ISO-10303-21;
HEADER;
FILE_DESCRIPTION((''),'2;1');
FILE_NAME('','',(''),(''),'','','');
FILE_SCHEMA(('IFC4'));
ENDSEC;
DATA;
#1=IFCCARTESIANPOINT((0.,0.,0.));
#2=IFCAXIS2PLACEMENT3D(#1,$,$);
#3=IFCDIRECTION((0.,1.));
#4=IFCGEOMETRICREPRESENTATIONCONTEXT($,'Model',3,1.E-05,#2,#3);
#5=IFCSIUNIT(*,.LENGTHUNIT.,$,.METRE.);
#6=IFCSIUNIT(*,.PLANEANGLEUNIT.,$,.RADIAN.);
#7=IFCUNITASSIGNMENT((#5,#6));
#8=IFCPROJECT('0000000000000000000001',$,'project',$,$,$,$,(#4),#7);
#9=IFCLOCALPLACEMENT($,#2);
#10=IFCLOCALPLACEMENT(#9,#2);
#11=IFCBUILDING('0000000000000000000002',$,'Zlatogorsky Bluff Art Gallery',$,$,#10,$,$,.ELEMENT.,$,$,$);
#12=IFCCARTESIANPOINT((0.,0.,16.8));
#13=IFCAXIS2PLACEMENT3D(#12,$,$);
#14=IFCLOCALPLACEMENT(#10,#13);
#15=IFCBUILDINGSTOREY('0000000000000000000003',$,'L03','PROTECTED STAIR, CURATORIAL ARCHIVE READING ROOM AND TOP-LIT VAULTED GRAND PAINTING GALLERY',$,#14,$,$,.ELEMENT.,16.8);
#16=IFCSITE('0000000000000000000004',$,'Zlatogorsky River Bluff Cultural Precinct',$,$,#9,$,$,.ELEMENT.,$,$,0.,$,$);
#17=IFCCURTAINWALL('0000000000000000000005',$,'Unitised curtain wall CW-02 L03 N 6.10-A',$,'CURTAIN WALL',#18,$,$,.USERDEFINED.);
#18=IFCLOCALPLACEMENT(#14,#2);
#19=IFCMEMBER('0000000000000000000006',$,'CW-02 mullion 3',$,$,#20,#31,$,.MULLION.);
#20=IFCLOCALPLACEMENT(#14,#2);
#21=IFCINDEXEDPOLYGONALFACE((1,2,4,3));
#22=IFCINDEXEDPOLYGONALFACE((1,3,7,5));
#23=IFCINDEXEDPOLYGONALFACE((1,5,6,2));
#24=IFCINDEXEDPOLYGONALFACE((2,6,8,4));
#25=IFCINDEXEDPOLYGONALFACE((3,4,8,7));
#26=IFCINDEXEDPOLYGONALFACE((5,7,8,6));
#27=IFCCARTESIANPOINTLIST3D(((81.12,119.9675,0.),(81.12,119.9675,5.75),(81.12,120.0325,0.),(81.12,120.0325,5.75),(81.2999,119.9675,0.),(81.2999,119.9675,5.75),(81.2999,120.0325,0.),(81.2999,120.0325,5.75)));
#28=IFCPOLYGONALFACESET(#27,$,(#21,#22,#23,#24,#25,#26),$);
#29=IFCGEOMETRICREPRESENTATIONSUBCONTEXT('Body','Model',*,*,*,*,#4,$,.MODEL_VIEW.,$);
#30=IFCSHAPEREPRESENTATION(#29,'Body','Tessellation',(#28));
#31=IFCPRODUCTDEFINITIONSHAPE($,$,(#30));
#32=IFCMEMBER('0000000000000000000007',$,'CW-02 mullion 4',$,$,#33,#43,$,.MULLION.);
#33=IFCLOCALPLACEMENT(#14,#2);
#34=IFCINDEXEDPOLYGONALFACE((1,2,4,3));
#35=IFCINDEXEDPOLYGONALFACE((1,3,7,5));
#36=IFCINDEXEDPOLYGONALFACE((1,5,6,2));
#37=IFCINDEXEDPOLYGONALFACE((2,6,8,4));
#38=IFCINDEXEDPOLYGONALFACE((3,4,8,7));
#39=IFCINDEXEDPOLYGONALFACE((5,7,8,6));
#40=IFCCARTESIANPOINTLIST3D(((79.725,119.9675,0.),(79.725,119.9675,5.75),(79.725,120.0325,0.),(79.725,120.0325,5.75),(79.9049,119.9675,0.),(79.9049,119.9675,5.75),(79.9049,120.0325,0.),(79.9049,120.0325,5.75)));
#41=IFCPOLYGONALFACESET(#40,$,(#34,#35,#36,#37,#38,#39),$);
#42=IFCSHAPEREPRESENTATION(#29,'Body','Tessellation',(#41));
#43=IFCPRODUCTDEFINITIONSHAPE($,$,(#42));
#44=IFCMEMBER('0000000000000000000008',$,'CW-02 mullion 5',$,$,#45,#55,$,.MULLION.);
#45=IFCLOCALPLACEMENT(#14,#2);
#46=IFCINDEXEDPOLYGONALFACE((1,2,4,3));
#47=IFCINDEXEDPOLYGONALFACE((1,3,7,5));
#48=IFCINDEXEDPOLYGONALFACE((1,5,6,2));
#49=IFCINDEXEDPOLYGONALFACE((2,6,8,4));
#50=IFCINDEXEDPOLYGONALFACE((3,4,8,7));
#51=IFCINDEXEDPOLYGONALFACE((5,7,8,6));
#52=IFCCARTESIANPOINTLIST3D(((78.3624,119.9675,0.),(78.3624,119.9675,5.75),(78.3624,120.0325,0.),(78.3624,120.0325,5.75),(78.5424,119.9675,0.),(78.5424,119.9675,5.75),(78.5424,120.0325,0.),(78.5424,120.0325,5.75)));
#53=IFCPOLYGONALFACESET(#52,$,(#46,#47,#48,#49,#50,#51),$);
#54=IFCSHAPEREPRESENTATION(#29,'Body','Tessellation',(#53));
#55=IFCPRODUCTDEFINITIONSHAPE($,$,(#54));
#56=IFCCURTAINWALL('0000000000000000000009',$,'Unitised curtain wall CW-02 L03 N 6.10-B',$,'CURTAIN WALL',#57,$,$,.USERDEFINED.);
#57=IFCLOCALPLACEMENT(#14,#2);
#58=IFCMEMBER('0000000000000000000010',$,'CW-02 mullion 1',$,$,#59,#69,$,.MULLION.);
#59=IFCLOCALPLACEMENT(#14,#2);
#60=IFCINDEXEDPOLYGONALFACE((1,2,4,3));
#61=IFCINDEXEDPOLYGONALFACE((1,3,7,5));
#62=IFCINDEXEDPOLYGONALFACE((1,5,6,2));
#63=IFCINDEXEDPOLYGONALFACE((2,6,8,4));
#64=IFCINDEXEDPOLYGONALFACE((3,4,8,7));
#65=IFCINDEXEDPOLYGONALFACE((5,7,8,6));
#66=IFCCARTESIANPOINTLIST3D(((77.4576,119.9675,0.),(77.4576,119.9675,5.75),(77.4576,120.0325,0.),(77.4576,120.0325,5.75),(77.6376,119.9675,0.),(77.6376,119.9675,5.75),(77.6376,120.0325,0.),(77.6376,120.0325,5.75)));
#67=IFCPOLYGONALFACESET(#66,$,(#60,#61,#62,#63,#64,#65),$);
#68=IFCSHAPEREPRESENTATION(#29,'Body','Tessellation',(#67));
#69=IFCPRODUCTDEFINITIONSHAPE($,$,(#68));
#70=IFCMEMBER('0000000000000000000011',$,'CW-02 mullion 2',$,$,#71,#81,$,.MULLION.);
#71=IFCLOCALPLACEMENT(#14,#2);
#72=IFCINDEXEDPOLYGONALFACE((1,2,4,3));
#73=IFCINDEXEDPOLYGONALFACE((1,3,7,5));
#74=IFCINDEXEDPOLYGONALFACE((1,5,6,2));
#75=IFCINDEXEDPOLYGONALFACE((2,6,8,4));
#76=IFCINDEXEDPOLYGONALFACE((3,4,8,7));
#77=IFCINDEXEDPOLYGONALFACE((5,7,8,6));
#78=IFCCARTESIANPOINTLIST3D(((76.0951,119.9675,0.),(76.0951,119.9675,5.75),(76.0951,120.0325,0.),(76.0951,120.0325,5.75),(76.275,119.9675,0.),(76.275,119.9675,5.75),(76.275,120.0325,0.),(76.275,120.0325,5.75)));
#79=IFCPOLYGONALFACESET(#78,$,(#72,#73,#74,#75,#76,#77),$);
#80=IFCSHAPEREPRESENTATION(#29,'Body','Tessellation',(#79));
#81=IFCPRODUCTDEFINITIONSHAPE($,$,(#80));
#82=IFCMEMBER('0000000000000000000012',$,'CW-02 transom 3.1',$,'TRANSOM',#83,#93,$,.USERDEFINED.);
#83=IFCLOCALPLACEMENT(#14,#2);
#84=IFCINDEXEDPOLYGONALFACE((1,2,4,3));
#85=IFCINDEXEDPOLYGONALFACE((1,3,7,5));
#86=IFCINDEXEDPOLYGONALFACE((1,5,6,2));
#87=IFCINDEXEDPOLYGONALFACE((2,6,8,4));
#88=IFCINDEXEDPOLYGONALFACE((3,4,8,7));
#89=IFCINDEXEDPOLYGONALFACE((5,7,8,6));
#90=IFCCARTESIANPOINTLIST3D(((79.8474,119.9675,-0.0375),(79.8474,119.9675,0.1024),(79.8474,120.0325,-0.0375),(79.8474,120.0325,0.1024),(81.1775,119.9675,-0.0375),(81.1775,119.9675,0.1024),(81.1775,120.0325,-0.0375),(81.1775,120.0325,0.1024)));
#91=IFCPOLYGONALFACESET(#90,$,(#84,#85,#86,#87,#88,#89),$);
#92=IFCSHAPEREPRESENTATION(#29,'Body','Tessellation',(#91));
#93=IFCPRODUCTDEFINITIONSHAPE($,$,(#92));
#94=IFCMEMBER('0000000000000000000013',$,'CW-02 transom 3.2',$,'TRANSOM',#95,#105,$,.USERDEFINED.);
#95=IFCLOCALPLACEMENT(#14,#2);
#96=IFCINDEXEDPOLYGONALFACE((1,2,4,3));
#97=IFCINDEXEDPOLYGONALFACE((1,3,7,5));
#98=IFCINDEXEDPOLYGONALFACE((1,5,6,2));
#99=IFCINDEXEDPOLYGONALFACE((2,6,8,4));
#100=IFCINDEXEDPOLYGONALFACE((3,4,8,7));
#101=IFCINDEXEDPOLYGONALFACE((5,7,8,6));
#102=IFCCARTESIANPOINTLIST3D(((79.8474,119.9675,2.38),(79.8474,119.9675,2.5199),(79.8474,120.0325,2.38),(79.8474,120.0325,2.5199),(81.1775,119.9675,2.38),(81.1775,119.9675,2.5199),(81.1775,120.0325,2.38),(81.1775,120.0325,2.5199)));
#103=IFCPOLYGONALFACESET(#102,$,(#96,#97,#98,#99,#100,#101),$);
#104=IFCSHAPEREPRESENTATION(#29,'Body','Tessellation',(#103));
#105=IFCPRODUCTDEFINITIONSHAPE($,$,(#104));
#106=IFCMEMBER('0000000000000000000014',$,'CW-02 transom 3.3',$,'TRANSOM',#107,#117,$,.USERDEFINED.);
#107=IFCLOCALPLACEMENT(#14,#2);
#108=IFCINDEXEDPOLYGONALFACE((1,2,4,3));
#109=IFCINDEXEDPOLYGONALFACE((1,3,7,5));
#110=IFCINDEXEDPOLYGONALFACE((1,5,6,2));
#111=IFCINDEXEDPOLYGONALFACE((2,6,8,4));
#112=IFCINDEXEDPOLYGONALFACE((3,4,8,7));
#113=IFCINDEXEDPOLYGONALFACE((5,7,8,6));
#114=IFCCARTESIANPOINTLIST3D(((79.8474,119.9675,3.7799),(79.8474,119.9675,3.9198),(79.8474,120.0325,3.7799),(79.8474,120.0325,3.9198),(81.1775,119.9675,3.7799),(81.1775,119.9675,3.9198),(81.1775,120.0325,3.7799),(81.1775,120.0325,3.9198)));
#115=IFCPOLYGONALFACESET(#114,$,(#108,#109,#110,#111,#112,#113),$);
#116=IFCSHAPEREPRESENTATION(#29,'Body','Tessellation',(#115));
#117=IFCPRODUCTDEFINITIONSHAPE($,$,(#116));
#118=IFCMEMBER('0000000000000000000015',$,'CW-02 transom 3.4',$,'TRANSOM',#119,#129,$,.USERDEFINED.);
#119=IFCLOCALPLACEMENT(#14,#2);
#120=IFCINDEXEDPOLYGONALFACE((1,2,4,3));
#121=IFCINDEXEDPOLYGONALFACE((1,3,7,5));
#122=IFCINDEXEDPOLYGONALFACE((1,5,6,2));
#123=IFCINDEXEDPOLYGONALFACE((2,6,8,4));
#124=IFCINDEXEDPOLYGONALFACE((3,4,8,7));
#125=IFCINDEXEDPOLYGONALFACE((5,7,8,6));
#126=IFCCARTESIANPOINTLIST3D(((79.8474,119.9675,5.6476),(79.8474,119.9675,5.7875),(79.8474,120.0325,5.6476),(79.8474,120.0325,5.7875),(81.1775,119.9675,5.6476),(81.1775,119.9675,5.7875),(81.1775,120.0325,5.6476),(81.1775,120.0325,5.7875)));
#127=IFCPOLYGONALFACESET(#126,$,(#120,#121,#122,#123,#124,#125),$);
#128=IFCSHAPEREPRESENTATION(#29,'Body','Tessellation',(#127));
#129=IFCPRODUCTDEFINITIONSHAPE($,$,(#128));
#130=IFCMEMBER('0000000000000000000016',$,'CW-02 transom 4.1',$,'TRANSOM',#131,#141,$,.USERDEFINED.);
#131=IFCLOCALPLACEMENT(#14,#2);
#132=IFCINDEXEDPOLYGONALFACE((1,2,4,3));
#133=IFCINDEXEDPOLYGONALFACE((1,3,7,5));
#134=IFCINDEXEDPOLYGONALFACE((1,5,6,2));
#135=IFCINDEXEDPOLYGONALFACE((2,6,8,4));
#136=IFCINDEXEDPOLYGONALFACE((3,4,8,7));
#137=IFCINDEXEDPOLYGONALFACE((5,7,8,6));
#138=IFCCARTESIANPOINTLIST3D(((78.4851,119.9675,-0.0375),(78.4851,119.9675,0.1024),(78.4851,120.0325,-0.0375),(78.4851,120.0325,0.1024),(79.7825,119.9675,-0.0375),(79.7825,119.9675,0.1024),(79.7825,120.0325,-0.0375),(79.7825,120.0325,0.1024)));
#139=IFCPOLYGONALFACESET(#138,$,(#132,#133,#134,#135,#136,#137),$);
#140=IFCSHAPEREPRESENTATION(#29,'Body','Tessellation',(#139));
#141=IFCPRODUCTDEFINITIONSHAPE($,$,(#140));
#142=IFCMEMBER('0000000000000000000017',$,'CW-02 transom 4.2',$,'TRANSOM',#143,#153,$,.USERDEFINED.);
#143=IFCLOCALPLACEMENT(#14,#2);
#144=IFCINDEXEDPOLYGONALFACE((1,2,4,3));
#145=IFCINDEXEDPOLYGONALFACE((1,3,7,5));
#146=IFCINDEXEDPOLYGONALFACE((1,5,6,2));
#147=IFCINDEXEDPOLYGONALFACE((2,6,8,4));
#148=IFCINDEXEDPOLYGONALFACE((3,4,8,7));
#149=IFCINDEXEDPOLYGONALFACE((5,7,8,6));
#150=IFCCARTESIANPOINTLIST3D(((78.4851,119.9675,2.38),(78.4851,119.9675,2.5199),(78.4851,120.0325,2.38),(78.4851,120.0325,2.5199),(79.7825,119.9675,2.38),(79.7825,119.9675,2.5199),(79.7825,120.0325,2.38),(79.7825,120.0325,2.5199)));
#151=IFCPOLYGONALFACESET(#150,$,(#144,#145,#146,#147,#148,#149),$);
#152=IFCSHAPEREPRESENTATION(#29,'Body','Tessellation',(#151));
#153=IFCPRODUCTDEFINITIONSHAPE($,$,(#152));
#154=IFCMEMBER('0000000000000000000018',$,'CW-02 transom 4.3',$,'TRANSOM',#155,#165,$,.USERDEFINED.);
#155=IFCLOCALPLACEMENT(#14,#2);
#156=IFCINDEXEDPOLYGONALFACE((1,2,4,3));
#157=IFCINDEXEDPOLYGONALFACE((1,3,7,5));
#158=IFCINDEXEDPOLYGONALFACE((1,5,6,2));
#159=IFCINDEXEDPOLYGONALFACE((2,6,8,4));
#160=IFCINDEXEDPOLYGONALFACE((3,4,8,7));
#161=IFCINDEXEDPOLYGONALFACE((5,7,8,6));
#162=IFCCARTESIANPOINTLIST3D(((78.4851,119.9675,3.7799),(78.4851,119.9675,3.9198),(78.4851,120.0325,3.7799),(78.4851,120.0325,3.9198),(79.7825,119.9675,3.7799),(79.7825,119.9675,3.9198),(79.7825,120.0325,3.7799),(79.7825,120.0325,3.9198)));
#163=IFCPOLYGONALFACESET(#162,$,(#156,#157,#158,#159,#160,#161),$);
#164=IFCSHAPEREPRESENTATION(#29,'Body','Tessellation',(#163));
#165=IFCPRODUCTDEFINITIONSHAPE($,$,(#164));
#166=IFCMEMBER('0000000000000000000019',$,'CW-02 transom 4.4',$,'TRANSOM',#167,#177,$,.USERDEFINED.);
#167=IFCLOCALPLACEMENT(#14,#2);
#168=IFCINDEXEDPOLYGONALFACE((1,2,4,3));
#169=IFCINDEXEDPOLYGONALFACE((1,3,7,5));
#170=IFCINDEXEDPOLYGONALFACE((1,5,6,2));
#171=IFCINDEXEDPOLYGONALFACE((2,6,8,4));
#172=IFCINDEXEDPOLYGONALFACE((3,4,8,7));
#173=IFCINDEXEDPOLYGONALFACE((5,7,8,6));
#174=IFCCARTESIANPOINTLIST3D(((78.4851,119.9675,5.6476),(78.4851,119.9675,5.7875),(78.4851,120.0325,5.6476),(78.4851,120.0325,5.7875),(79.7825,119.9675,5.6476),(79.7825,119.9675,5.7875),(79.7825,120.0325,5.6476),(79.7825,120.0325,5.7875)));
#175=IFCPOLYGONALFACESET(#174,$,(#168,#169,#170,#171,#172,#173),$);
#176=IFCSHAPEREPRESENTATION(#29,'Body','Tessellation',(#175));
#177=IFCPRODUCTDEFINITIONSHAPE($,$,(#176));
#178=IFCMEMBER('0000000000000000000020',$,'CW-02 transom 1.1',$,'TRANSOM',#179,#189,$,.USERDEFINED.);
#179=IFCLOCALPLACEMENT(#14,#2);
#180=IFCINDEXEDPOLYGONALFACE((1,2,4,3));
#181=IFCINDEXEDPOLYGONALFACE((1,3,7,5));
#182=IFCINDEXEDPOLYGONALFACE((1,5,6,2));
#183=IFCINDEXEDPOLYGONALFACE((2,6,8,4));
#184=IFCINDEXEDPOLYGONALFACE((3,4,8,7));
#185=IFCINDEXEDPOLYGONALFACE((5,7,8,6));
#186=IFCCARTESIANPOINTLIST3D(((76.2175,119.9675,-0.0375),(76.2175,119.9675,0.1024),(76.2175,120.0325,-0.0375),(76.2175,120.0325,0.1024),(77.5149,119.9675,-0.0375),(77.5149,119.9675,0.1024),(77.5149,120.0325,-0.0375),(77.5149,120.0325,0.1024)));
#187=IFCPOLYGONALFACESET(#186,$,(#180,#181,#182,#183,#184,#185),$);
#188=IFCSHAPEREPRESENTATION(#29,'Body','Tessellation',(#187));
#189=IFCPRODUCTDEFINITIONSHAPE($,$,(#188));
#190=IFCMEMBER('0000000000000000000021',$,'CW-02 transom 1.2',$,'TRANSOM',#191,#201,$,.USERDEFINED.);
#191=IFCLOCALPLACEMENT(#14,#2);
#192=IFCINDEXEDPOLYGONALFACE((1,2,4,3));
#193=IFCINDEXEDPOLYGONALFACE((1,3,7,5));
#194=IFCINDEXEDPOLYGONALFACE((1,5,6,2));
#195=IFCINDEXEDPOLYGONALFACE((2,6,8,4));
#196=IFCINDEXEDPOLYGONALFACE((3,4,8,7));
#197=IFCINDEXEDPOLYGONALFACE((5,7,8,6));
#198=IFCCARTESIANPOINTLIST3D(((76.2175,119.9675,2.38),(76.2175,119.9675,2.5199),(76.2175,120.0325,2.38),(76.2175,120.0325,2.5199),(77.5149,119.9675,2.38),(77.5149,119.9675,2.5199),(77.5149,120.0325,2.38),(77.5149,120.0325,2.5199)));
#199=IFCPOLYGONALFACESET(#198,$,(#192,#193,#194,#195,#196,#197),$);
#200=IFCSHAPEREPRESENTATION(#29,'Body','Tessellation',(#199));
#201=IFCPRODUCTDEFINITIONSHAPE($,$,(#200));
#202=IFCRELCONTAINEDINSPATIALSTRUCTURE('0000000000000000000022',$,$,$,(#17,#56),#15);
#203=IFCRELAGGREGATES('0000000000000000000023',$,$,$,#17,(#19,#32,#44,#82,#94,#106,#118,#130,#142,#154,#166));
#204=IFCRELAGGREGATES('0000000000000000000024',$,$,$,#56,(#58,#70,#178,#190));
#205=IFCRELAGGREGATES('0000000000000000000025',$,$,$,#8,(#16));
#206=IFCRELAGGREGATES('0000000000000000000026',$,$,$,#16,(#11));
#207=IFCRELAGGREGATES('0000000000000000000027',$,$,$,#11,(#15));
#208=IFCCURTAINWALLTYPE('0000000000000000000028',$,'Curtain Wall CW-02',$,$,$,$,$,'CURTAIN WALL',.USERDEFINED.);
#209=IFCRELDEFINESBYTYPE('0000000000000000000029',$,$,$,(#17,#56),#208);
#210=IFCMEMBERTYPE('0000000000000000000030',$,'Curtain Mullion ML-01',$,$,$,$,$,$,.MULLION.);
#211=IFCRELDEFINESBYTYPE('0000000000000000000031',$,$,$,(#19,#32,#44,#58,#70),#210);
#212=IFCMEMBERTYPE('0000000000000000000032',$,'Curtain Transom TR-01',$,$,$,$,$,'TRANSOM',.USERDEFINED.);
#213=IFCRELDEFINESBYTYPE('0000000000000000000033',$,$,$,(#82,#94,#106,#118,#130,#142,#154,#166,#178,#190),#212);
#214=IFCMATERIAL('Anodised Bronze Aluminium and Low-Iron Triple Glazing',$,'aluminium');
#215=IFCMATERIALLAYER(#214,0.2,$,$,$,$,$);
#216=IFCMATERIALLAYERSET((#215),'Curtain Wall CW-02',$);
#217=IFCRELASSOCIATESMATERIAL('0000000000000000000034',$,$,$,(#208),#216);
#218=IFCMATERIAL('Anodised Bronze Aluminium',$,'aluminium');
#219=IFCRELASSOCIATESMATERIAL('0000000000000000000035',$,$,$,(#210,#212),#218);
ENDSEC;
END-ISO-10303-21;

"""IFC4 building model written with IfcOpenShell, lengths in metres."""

from ifc_helpers import new_model, si_unit, direction, frame, origin, origin_2d, place, context, subcontext, project, spatial, rectangle, extrude, material, layer, layer_set, material_profile, profile_set, type_object, element, aggregate, save


model = new_model("IFC4")

# Units and contexts
model_context = context("Model", 3, precision=1e-05, world=origin(), true_north=direction((0.0, 1.0)))
body_context = subcontext(model_context, "Body", "Model", "MODEL_VIEW")
ifc_project = project(units=[si_unit("LENGTHUNIT", "METRE"), si_unit("PLANEANGLEUNIT", "RADIAN")], contexts=[model_context])

# Site, building, storey
site_placement = place(None, origin())
site = spatial("IfcSite", under=ifc_project, at=site_placement, Name="Zlatogorsky River Bluff Cultural Precinct", CompositionType="ELEMENT", RefElevation=0.0)
building_placement = place(site_placement, origin())
building = spatial("IfcBuilding", under=site, at=building_placement, Name="Zlatogorsky Bluff Art Gallery", CompositionType="ELEMENT")
storey_placement = place(building_placement, frame((0.0, 0.0, 16.8)))
storey = spatial("IfcBuildingStorey", under=building, at=storey_placement, Name="L03", Description="PROTECTED STAIR, CURATORIAL ARCHIVE READING ROOM AND TOP-LIT VAULTED GRAND PAINTING GALLERY", CompositionType="ELEMENT", Elevation=16.8)

# Curtain walls, members
ifc_material_1 = material(Name="Anodised Bronze Aluminium and Low-Iron Triple Glazing", Category="aluminium")
ifc_layer_1 = layer(ifc_material_1, 0.2)
ifc_layer_set_1 = layer_set([ifc_layer_1], Name="Curtain Wall CW-02")
curtain_wall_type = type_object("IfcCurtainWallType", Name="Curtain Wall CW-02", ElementType="CURTAIN WALL", PredefinedType="USERDEFINED", material=ifc_layer_set_1)
curtain_wall_1_placement = place(storey_placement, origin())
curtain_wall_1 = element("IfcCurtainWall", 1, at=curtain_wall_1_placement, inside=storey, type_object=curtain_wall_type, Name="Unitised curtain wall CW-02 L03 N 6.10-A", ObjectType="CURTAIN WALL", PredefinedType="USERDEFINED")
ifc_material_2 = material(Name="Anodised Bronze Aluminium", Category="aluminium")
ifc_material_profile_1 = material_profile(ifc_material_2, rectangle(XDim=0.0649, YDim=0.1799, at=origin_2d()), Name="ALU MULLION 65x180")
ifc_profile_set_1 = profile_set([ifc_material_profile_1], Name="Anodised Bronze Aluminium")
member_type_1 = type_object("IfcMemberType", Name="Curtain Mullion ML-01", PredefinedType="MULLION", material=ifc_profile_set_1)
member_1_placement = place(storey_placement, frame((81.21, 120.0, 0.0), z_axis=(0.0, 0.0, 1.0), x_axis=(0.0, -1.0, 0.0)))
member_1 = element("IfcMember", 2, at=member_1_placement, type_object=member_type_1, Name="CW-02 mullion 3", PredefinedType="MULLION", context=body_context, shape_type="SweptSolid", body=[
    extrude(rectangle(XDim=0.0649, YDim=0.1799, at=origin_2d()), origin(), (0.0, 0.0, 1.0), 5.75),
])
member_2_placement = place(storey_placement, frame((79.8149, 120.0, 0.0), z_axis=(0.0, 0.0, 1.0), x_axis=(0.0, -1.0, 0.0)))
member_2 = element("IfcMember", 3, at=member_2_placement, type_object=member_type_1, Name="CW-02 mullion 4", PredefinedType="MULLION", context=body_context, shape_type="SweptSolid", body=[
    extrude(rectangle(XDim=0.0649, YDim=0.1799, at=origin_2d()), origin(), (0.0, 0.0, 1.0), 5.75),
])
member_3_placement = place(storey_placement, frame((78.4524, 120.0, 0.0), z_axis=(0.0, 0.0, 1.0), x_axis=(0.0, -1.0, 0.0)))
member_3 = element("IfcMember", 4, at=member_3_placement, type_object=member_type_1, Name="CW-02 mullion 5", PredefinedType="MULLION", context=body_context, shape_type="SweptSolid", body=[
    extrude(rectangle(XDim=0.0649, YDim=0.1799, at=origin_2d()), origin(), (0.0, 0.0, 1.0), 5.75),
])
curtain_wall_2_placement = place(storey_placement, origin())
curtain_wall_2 = element("IfcCurtainWall", 5, at=curtain_wall_2_placement, inside=storey, type_object=curtain_wall_type, Name="Unitised curtain wall CW-02 L03 N 6.10-B", ObjectType="CURTAIN WALL", PredefinedType="USERDEFINED")
member_4_placement = place(storey_placement, frame((77.5476, 120.0, 0.0), z_axis=(0.0, 0.0, 1.0), x_axis=(0.0, -1.0, 0.0)))
member_4 = element("IfcMember", 6, at=member_4_placement, type_object=member_type_1, Name="CW-02 mullion 1", PredefinedType="MULLION", context=body_context, shape_type="SweptSolid", body=[
    extrude(rectangle(XDim=0.0649, YDim=0.1799, at=origin_2d()), origin(), (0.0, 0.0, 1.0), 5.75),
])
member_5_placement = place(storey_placement, frame((76.1851, 120.0, 0.0), z_axis=(0.0, 0.0, 1.0), x_axis=(0.0, -1.0, 0.0)))
member_5 = element("IfcMember", 7, at=member_5_placement, type_object=member_type_1, Name="CW-02 mullion 2", PredefinedType="MULLION", context=body_context, shape_type="SweptSolid", body=[
    extrude(rectangle(XDim=0.0649, YDim=0.1799, at=origin_2d()), origin(), (0.0, 0.0, 1.0), 5.75),
])

# Members
ifc_material_profile_2 = material_profile(ifc_material_2, rectangle(XDim=0.0649, YDim=0.1399, at=origin_2d()), Name="ALU TRANSOM 65x140")
ifc_profile_set_2 = profile_set([ifc_material_profile_2], Name="Anodised Bronze Aluminium")
member_type_2 = type_object("IfcMemberType", Name="Curtain Transom TR-01", ElementType="TRANSOM", PredefinedType="USERDEFINED", material=ifc_profile_set_2)
member_6_placement = place(storey_placement, frame((81.1775, 120.0, 0.0325), z_axis=(-1.0, 0.0, 0.0), x_axis=(0.0, -1.0, 0.0)))
member_6 = element("IfcMember", 8, at=member_6_placement, type_object=member_type_2, Name="CW-02 transom 3.1", ObjectType="TRANSOM", PredefinedType="USERDEFINED", context=body_context, shape_type="SweptSolid", body=[
    extrude(rectangle(XDim=0.0649, YDim=0.1399, at=origin_2d()), origin(), (0.0, 0.0, 1.0), 1.3301),
])
member_7_placement = place(storey_placement, frame((81.1775, 120.0, 2.45), z_axis=(-1.0, 0.0, 0.0), x_axis=(0.0, -1.0, 0.0)))
member_7 = element("IfcMember", 9, at=member_7_placement, type_object=member_type_2, Name="CW-02 transom 3.2", ObjectType="TRANSOM", PredefinedType="USERDEFINED", context=body_context, shape_type="SweptSolid", body=[
    extrude(rectangle(XDim=0.0649, YDim=0.1399, at=origin_2d()), origin(), (0.0, 0.0, 1.0), 1.3301),
])
member_8_placement = place(storey_placement, frame((81.1775, 120.0, 3.8499), z_axis=(-1.0, 0.0, 0.0), x_axis=(0.0, -1.0, 0.0)))
member_8 = element("IfcMember", 10, at=member_8_placement, type_object=member_type_2, Name="CW-02 transom 3.3", ObjectType="TRANSOM", PredefinedType="USERDEFINED", context=body_context, shape_type="SweptSolid", body=[
    extrude(rectangle(XDim=0.0649, YDim=0.1399, at=origin_2d()), origin(), (0.0, 0.0, 1.0), 1.3301),
])
member_9_placement = place(storey_placement, frame((81.1775, 120.0, 5.7175), z_axis=(-1.0, 0.0, 0.0), x_axis=(0.0, -1.0, 0.0)))
member_9 = element("IfcMember", 11, at=member_9_placement, type_object=member_type_2, Name="CW-02 transom 3.4", ObjectType="TRANSOM", PredefinedType="USERDEFINED", context=body_context, shape_type="SweptSolid", body=[
    extrude(rectangle(XDim=0.0649, YDim=0.1399, at=origin_2d()), origin(), (0.0, 0.0, 1.0), 1.3301),
])
member_10_placement = place(storey_placement, frame((79.7825, 120.0, 0.0325), z_axis=(-1.0, 0.0, 0.0), x_axis=(0.0, -1.0, 0.0)))
member_10 = element("IfcMember", 12, at=member_10_placement, type_object=member_type_2, Name="CW-02 transom 4.1", ObjectType="TRANSOM", PredefinedType="USERDEFINED", context=body_context, shape_type="SweptSolid", body=[
    extrude(rectangle(XDim=0.0649, YDim=0.1399, at=origin_2d()), origin(), (0.0, 0.0, 1.0), 1.2974),
])
member_11_placement = place(storey_placement, frame((79.7825, 120.0, 2.45), z_axis=(-1.0, 0.0, 0.0), x_axis=(0.0, -1.0, 0.0)))
member_11 = element("IfcMember", 13, at=member_11_placement, type_object=member_type_2, Name="CW-02 transom 4.2", ObjectType="TRANSOM", PredefinedType="USERDEFINED", context=body_context, shape_type="SweptSolid", body=[
    extrude(rectangle(XDim=0.0649, YDim=0.1399, at=origin_2d()), origin(), (0.0, 0.0, 1.0), 1.2974),
])
member_12_placement = place(storey_placement, frame((79.7825, 120.0, 3.8499), z_axis=(-1.0, 0.0, 0.0), x_axis=(0.0, -1.0, 0.0)))
member_12 = element("IfcMember", 14, at=member_12_placement, type_object=member_type_2, Name="CW-02 transom 4.3", ObjectType="TRANSOM", PredefinedType="USERDEFINED", context=body_context, shape_type="SweptSolid", body=[
    extrude(rectangle(XDim=0.0649, YDim=0.1399, at=origin_2d()), origin(), (0.0, 0.0, 1.0), 1.2974),
])
member_13_placement = place(storey_placement, frame((79.7825, 120.0, 5.7175), z_axis=(-1.0, 0.0, 0.0), x_axis=(0.0, -1.0, 0.0)))
member_13 = element("IfcMember", 15, at=member_13_placement, type_object=member_type_2, Name="CW-02 transom 4.4", ObjectType="TRANSOM", PredefinedType="USERDEFINED", context=body_context, shape_type="SweptSolid", body=[
    extrude(rectangle(XDim=0.0649, YDim=0.1399, at=origin_2d()), origin(), (0.0, 0.0, 1.0), 1.2974),
])
member_14_placement = place(storey_placement, frame((77.5149, 120.0, 0.0325), z_axis=(-1.0, 0.0, 0.0), x_axis=(0.0, -1.0, 0.0)))
member_14 = element("IfcMember", 16, at=member_14_placement, type_object=member_type_2, Name="CW-02 transom 1.1", ObjectType="TRANSOM", PredefinedType="USERDEFINED", context=body_context, shape_type="SweptSolid", body=[
    extrude(rectangle(XDim=0.0649, YDim=0.1399, at=origin_2d()), origin(), (0.0, 0.0, 1.0), 1.2974),
])
member_15_placement = place(storey_placement, frame((77.5149, 120.0, 2.45), z_axis=(-1.0, 0.0, 0.0), x_axis=(0.0, -1.0, 0.0)))
member_15 = element("IfcMember", 17, at=member_15_placement, type_object=member_type_2, Name="CW-02 transom 1.2", ObjectType="TRANSOM", PredefinedType="USERDEFINED", context=body_context, shape_type="SweptSolid", body=[
    extrude(rectangle(XDim=0.0649, YDim=0.1399, at=origin_2d()), origin(), (0.0, 0.0, 1.0), 1.2974),
])

aggregate(curtain_wall_1, [member_1, member_2, member_3, member_6, member_7, member_8, member_9, member_10, member_11, member_12, member_13])
aggregate(curtain_wall_2, [member_4, member_5, member_14, member_15])

save(model, "model.ifc")
